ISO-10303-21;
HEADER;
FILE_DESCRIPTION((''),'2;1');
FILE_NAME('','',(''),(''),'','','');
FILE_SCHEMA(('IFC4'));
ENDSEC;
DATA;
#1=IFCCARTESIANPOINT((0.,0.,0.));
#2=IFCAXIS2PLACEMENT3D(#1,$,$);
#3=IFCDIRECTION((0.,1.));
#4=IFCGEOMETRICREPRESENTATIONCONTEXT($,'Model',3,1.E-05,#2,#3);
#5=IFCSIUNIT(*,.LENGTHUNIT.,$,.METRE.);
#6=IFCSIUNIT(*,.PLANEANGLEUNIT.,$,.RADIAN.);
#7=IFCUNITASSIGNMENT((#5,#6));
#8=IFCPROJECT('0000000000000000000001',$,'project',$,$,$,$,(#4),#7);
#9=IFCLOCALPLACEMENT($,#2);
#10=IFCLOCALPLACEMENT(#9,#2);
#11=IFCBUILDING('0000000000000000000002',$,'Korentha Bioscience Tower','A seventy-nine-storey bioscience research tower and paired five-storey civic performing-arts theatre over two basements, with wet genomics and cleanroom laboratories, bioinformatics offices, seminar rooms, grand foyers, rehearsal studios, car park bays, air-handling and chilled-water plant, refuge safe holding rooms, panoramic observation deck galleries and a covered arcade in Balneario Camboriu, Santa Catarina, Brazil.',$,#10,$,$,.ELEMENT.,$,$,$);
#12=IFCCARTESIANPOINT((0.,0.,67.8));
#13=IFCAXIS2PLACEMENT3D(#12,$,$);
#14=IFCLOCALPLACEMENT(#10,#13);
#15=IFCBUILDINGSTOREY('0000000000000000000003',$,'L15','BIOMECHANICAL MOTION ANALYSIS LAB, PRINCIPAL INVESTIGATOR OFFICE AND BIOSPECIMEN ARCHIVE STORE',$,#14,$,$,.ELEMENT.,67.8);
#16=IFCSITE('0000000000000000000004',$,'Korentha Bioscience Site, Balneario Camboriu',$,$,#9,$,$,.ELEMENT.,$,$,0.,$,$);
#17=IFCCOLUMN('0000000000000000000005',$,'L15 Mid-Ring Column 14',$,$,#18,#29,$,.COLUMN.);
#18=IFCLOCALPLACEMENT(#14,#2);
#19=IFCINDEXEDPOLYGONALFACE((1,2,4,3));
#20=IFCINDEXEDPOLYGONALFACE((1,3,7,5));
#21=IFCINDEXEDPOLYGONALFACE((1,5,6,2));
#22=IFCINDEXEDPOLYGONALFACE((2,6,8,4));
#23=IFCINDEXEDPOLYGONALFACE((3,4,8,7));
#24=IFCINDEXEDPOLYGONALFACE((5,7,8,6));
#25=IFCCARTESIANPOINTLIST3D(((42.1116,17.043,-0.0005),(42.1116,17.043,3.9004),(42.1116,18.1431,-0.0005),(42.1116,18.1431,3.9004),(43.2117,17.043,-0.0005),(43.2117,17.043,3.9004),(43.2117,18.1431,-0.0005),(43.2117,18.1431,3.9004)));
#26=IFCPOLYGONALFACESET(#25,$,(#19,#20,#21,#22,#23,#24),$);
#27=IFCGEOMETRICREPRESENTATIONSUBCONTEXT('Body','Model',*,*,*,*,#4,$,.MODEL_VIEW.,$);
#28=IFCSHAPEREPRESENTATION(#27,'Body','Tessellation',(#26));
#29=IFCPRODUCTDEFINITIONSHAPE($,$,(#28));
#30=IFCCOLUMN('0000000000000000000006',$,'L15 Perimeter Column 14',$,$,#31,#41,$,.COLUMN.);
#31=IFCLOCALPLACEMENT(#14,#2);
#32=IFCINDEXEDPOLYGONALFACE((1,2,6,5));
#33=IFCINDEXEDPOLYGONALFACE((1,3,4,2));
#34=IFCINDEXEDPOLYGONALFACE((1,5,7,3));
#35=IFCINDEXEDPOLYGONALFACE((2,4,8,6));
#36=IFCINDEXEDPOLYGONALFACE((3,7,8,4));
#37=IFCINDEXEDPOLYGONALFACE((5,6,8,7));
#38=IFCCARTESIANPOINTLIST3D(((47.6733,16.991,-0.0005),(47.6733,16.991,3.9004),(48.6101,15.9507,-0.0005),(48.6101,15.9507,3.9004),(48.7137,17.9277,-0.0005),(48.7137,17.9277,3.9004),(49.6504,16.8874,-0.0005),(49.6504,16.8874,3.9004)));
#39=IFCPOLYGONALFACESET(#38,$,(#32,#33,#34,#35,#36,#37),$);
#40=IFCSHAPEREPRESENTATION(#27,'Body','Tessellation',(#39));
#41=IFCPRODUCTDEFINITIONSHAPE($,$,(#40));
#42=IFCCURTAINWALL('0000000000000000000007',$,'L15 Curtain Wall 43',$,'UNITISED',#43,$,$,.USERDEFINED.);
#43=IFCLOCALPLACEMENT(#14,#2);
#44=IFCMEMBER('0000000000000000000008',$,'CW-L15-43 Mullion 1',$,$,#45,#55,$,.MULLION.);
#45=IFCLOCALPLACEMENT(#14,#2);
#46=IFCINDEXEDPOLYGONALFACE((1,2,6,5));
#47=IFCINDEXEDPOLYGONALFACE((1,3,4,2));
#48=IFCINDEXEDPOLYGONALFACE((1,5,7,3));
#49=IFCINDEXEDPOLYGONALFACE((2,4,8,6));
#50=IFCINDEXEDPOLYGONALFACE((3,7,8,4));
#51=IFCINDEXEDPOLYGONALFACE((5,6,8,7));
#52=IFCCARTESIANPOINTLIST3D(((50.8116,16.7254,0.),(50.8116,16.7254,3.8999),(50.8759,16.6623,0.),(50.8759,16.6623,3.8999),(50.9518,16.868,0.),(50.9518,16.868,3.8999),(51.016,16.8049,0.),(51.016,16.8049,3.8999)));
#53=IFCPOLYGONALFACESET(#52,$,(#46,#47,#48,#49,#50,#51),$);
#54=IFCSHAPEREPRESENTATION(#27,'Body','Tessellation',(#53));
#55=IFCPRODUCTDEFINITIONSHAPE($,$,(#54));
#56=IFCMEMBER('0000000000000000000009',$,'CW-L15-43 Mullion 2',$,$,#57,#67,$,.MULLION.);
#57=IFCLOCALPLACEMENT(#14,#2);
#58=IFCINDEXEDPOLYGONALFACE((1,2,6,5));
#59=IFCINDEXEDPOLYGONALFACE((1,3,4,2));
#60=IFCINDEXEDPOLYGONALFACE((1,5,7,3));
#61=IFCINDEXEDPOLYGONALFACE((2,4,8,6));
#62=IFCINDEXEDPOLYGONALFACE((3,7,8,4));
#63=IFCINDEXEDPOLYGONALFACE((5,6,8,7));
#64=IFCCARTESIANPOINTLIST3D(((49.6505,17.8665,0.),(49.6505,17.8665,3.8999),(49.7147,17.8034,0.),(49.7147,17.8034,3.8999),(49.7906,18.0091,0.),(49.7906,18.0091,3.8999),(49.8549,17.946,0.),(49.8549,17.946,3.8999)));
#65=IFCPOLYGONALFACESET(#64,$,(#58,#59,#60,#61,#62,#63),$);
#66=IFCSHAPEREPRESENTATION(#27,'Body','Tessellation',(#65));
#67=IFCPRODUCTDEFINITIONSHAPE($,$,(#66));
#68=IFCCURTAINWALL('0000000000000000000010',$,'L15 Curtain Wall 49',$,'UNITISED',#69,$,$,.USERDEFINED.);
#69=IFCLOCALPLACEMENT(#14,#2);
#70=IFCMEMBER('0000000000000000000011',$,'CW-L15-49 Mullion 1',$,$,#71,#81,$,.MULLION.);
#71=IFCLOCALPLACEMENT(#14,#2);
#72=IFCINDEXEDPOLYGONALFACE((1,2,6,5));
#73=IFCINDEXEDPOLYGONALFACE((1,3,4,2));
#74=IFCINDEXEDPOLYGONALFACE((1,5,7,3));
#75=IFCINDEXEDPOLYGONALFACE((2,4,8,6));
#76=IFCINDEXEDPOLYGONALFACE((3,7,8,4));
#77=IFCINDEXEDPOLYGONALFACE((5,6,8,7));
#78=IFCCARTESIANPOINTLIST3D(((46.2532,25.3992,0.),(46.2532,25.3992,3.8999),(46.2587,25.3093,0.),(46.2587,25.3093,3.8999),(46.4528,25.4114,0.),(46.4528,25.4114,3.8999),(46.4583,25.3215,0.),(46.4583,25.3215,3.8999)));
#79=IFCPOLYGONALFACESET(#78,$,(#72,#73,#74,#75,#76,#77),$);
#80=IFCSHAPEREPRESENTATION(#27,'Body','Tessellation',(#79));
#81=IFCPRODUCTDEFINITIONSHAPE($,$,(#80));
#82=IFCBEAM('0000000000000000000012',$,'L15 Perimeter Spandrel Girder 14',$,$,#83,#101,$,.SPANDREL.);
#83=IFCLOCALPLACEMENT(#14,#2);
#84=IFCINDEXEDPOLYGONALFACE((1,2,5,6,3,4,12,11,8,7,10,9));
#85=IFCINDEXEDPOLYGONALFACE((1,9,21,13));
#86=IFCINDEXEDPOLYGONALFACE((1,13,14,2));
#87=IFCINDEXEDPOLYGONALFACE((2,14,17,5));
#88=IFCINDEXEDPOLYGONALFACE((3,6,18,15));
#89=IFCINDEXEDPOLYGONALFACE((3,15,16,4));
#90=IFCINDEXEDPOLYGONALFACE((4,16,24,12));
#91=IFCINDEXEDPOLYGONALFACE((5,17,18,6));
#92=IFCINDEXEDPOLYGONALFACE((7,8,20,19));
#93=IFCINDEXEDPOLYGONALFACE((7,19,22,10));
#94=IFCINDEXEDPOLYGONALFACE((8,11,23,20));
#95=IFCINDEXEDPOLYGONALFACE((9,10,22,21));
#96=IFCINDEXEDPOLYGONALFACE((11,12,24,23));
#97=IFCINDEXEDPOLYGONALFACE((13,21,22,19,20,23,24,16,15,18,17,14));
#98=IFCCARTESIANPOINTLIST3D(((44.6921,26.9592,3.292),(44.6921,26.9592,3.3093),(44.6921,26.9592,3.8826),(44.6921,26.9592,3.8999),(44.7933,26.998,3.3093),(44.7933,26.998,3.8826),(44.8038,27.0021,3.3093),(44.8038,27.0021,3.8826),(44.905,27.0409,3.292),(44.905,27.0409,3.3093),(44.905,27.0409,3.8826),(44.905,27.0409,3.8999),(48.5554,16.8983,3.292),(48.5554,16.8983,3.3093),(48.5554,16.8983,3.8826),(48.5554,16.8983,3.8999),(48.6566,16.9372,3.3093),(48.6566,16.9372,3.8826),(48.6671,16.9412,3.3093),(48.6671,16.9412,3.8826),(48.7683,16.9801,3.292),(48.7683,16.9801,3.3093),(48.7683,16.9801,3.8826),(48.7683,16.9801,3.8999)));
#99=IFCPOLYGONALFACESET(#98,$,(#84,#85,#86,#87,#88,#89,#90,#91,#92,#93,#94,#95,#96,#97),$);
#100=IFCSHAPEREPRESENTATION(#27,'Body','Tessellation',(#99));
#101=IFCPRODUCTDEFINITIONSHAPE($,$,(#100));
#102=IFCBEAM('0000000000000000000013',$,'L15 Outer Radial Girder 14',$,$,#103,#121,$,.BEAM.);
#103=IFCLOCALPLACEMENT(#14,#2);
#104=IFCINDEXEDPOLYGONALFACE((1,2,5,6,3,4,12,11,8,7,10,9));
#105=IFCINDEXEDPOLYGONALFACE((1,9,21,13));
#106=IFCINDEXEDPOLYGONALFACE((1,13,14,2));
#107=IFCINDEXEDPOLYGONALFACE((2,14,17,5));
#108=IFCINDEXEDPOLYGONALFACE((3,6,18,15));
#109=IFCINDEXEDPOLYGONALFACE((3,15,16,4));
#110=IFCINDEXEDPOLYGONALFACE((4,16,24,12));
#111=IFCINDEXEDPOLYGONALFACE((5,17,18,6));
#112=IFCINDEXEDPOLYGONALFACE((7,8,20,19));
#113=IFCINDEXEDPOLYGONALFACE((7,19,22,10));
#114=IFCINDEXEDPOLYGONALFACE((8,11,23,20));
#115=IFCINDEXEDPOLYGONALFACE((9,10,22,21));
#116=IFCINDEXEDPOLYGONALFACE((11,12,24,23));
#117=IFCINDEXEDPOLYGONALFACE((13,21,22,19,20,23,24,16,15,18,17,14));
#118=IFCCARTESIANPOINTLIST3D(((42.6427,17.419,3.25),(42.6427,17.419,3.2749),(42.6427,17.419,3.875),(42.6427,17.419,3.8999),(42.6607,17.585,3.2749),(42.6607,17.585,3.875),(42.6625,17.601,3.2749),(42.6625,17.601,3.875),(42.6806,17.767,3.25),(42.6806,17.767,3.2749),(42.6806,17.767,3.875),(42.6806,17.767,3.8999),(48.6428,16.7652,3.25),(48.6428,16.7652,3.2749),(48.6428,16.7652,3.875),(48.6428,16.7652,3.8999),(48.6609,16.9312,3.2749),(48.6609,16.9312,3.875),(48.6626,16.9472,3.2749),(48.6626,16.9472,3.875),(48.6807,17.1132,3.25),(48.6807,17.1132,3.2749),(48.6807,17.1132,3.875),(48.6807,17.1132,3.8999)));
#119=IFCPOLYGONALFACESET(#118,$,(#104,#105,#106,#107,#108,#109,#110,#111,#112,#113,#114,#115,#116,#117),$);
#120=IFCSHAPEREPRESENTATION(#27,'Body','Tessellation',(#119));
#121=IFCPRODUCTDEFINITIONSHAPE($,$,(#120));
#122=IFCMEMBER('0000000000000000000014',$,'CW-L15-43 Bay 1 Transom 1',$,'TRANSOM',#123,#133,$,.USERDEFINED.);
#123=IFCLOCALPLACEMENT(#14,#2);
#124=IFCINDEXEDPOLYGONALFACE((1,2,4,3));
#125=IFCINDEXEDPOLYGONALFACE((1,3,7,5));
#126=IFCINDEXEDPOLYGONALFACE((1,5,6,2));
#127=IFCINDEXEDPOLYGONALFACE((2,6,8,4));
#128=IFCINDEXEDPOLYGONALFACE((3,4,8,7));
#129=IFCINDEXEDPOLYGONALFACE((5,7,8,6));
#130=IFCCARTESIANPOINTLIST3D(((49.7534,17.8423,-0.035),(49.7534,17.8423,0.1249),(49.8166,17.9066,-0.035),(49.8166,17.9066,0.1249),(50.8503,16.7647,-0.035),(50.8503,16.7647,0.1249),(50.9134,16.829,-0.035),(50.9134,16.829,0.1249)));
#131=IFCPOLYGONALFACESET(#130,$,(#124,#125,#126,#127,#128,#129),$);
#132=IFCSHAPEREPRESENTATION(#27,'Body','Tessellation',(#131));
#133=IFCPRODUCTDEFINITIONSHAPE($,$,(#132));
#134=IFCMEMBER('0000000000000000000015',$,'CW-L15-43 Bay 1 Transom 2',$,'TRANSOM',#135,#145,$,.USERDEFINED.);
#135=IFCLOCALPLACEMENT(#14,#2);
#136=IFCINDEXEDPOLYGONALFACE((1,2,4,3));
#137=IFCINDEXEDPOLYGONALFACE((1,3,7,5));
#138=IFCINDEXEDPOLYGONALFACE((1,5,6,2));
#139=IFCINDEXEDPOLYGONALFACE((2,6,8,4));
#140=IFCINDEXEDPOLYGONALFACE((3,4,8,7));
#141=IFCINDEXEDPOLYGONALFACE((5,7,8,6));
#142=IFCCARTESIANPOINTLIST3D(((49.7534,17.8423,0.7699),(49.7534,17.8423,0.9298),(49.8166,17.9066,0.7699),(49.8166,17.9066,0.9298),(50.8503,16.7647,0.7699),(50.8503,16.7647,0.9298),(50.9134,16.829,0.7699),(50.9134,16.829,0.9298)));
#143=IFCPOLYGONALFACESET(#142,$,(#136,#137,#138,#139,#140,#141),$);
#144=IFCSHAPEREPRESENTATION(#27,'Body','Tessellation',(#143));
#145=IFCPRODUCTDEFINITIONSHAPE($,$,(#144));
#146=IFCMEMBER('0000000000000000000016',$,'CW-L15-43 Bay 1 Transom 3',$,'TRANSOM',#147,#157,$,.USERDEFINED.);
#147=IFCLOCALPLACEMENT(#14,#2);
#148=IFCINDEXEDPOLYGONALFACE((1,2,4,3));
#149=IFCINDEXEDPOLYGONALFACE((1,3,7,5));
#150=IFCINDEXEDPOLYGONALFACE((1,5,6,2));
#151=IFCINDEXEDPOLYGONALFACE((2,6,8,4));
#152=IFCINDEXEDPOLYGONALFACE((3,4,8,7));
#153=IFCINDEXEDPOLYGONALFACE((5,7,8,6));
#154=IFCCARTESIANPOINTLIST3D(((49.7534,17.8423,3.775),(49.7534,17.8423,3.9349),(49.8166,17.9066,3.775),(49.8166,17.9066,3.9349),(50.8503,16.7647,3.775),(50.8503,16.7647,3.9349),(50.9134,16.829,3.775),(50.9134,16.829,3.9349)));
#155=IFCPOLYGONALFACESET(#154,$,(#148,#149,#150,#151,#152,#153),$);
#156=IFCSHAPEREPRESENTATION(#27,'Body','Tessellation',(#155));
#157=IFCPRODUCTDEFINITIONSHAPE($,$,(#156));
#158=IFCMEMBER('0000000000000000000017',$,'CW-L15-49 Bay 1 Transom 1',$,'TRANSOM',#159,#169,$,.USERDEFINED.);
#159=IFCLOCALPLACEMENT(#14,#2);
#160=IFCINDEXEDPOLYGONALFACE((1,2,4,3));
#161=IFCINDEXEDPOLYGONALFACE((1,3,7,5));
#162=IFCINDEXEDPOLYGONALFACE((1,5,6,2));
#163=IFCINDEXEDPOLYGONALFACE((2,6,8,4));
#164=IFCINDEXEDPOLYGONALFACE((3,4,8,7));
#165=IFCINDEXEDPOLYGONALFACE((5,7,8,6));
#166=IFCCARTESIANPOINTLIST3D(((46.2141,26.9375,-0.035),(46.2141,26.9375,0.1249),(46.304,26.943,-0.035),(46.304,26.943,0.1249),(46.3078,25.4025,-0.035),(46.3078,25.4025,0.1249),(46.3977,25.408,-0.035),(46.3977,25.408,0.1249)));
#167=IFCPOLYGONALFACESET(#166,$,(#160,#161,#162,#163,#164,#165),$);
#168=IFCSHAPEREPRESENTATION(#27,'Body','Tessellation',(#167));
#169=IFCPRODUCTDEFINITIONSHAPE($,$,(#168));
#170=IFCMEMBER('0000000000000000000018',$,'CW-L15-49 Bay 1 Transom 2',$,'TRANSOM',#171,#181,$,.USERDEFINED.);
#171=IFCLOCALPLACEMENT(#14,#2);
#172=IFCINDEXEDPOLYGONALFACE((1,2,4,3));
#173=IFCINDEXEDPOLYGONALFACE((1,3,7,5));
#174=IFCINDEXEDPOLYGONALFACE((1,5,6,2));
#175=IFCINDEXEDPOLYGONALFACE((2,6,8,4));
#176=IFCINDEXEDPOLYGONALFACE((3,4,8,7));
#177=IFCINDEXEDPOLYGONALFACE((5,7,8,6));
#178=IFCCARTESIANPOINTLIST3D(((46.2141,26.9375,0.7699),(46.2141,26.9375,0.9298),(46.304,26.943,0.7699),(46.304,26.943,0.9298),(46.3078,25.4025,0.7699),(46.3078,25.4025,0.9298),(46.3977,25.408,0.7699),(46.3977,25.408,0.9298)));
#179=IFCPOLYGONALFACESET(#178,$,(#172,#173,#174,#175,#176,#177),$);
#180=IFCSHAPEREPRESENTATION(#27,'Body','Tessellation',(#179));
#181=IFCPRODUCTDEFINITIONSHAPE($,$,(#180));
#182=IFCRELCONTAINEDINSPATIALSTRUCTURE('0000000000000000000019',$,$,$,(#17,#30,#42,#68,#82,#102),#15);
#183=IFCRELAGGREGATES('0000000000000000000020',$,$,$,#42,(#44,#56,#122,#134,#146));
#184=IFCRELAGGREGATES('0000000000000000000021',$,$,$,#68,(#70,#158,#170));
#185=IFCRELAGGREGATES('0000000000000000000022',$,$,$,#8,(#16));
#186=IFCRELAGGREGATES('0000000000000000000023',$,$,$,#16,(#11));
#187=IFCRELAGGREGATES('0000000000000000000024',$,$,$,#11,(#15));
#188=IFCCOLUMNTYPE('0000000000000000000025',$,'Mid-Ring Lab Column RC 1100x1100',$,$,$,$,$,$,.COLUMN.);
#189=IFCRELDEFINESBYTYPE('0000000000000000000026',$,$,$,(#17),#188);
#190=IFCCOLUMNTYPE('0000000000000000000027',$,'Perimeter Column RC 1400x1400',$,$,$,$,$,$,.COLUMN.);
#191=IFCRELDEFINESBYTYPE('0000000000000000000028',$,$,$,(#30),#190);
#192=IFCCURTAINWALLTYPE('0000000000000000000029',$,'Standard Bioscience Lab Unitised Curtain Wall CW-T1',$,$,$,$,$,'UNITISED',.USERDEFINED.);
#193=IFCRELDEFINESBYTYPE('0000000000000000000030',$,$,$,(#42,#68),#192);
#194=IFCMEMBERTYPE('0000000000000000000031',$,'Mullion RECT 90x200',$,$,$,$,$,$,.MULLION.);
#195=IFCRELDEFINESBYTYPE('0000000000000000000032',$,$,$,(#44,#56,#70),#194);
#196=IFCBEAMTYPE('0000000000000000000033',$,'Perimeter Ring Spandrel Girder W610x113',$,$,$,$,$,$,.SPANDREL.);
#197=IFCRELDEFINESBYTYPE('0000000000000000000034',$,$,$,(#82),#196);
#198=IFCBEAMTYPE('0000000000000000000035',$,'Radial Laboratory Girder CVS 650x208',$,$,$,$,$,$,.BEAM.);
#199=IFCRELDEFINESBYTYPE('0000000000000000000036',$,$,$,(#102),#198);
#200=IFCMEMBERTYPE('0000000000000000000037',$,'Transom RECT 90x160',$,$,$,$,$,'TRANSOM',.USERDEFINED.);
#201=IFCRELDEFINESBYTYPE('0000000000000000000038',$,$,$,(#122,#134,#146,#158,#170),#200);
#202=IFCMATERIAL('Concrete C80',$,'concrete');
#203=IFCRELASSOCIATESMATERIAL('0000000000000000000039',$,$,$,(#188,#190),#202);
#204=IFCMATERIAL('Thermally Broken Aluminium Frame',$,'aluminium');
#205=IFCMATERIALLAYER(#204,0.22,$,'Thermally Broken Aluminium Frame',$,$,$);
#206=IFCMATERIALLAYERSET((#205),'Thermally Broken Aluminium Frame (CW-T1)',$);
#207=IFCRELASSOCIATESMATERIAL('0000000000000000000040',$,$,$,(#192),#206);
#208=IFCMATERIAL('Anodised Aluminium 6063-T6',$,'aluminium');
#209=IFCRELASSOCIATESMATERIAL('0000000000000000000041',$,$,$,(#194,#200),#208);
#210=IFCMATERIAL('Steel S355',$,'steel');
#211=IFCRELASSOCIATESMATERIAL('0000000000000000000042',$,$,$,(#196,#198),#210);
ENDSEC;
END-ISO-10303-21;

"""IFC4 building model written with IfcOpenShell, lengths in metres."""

from ifc_helpers import new_model, si_unit, direction, frame, origin, origin_2d, place, context, subcontext, project, spatial, rectangle, i_section, extrude, material, layer, layer_set, material_profile, profile_set, type_object, element, aggregate, save


model = new_model("IFC4")

# Units and contexts
model_context = context("Model", 3, precision=1e-05, world=origin(), true_north=direction((0.0, 1.0)))
body_context = subcontext(model_context, "Body", "Model", "MODEL_VIEW")
ifc_project = project(units=[si_unit("LENGTHUNIT", "METRE"), si_unit("PLANEANGLEUNIT", "RADIAN")], contexts=[model_context])

# Site, building, storey
site_placement = place(None, origin())
site = spatial("IfcSite", under=ifc_project, at=site_placement, Name="Korentha Bioscience Site, Balneario Camboriu", CompositionType="ELEMENT", RefElevation=0.0)
building_placement = place(site_placement, origin())
building = spatial("IfcBuilding", under=site, at=building_placement, Name="Korentha Bioscience Tower", Description="A seventy-nine-storey bioscience research tower and paired five-storey civic performing-arts theatre over two basements, with wet genomics and cleanroom laboratories, bioinformatics offices, seminar rooms, grand foyers, rehearsal studios, car park bays, air-handling and chilled-water plant, refuge safe holding rooms, panoramic observation deck galleries and a covered arcade in Balneario Camboriu, Santa Catarina, Brazil.", CompositionType="ELEMENT")
storey_placement = place(building_placement, frame((0.0, 0.0, 67.8)))
storey = spatial("IfcBuildingStorey", under=building, at=storey_placement, Name="L15", Description="BIOMECHANICAL MOTION ANALYSIS LAB, PRINCIPAL INVESTIGATOR OFFICE AND BIOSPECIMEN ARCHIVE STORE", CompositionType="ELEMENT", Elevation=67.8)

# Columns
ifc_material_1 = material(Name="Concrete C80", Category="concrete")
ifc_material_profile_1 = material_profile(ifc_material_1, rectangle(XDim=1.1001, YDim=1.1001, at=origin_2d()), Name="Concrete C80")
ifc_profile_set_1 = profile_set([ifc_material_profile_1], Name="Concrete C80 (COL-MR11)")
column_type_1 = type_object("IfcColumnType", Name="Mid-Ring Lab Column RC 1100x1100", PredefinedType="COLUMN", material=ifc_profile_set_1)
column_1_placement = place(storey_placement, frame((42.6616, 17.593, -0.0005), z_axis=(0.0, 0.0, 1.0), x_axis=(1.0, 0.0, 0.0)))
element("IfcColumn", 1, at=column_1_placement, inside=storey, type_object=column_type_1, Name="L15 Mid-Ring Column 14", PredefinedType="COLUMN", context=body_context, shape_type="SweptSolid", body=[
    extrude(rectangle(XDim=1.1001, YDim=1.1001, at=origin_2d()), origin(), (0.0, 0.0, 1.0), 3.9009),
])
ifc_material_profile_2 = material_profile(ifc_material_1, rectangle(XDim=1.3999, YDim=1.3999, at=origin_2d()), Name="Concrete C80")
ifc_profile_set_2 = profile_set([ifc_material_profile_2], Name="Concrete C80 (COL-P14)")
column_type_2 = type_object("IfcColumnType", Name="Perimeter Column RC 1400x1400", PredefinedType="COLUMN", material=ifc_profile_set_2)
column_2_placement = place(storey_placement, frame((48.6619, 16.9392, -0.0005), z_axis=(0.0, 0.0, 1.0), x_axis=(-0.669131, 0.743145, 0.0)))
element("IfcColumn", 2, at=column_2_placement, inside=storey, type_object=column_type_2, Name="L15 Perimeter Column 14", PredefinedType="COLUMN", context=body_context, shape_type="SweptSolid", body=[
    extrude(rectangle(XDim=1.3999, YDim=1.3999, at=origin_2d()), origin(), (0.0, 0.0, 1.0), 3.9009),
])

# Curtain wall, members
ifc_material_2 = material(Name="Thermally Broken Aluminium Frame", Category="aluminium")
ifc_layer_1 = layer(ifc_material_2, 0.22, Name="Thermally Broken Aluminium Frame")
ifc_layer_set_1 = layer_set([ifc_layer_1], Name="Thermally Broken Aluminium Frame (CW-T1)")
curtain_wall_type = type_object("IfcCurtainWallType", Name="Standard Bioscience Lab Unitised Curtain Wall CW-T1", ElementType="UNITISED", PredefinedType="USERDEFINED", material=ifc_layer_set_1)
curtain_wall_1_placement = place(storey_placement, origin())
curtain_wall_1 = element("IfcCurtainWall", 3, at=curtain_wall_1_placement, inside=storey, type_object=curtain_wall_type, Name="L15 Curtain Wall 43", ObjectType="UNITISED", PredefinedType="USERDEFINED")
ifc_material_3 = material(Name="Anodised Aluminium 6063-T6", Category="aluminium")
ifc_material_profile_3 = material_profile(ifc_material_3, rectangle(XDim=0.0901, YDim=0.2, at=origin_2d()), Name="Anodised Aluminium 6063-T6")
ifc_profile_set_3 = profile_set([ifc_material_profile_3], Name="Anodised Aluminium 6063-T6 (CW-MUL)")
member_type_1 = type_object("IfcMemberType", Name="Mullion RECT 90x200", PredefinedType="MULLION", material=ifc_profile_set_3)
member_1_placement = place(storey_placement, frame((50.9138, 16.7651, 0.0), z_axis=(0.0, 0.0, 1.0), x_axis=(-0.713279, 0.70088, 0.0)))
member_1 = element("IfcMember", 4, at=member_1_placement, type_object=member_type_1, Name="CW-L15-43 Mullion 1", PredefinedType="MULLION", context=body_context, shape_type="SweptSolid", body=[
    extrude(rectangle(XDim=0.0901, YDim=0.2, at=origin_2d()), origin(), (0.0, 0.0, 1.0), 3.8999),
])
member_2_placement = place(storey_placement, frame((49.7527, 17.9062, 0.0), z_axis=(0.0, 0.0, 1.0), x_axis=(-0.713279, 0.70088, 0.0)))
member_2 = element("IfcMember", 5, at=member_2_placement, type_object=member_type_1, Name="CW-L15-43 Mullion 2", PredefinedType="MULLION", context=body_context, shape_type="SweptSolid", body=[
    extrude(rectangle(XDim=0.0901, YDim=0.2, at=origin_2d()), origin(), (0.0, 0.0, 1.0), 3.8999),
])

# Curtain wall, member
curtain_wall_2_placement = place(storey_placement, origin())
curtain_wall_2 = element("IfcCurtainWall", 6, at=curtain_wall_2_placement, inside=storey, type_object=curtain_wall_type, Name="L15 Curtain Wall 49", ObjectType="UNITISED", PredefinedType="USERDEFINED")
member_3_placement = place(storey_placement, frame((46.3557, 25.3604, 0.0), z_axis=(0.0, 0.0, 1.0), x_axis=(-0.061008, 0.998137, 0.0)))
member_3 = element("IfcMember", 7, at=member_3_placement, type_object=member_type_1, Name="CW-L15-49 Mullion 1", PredefinedType="MULLION", context=body_context, shape_type="SweptSolid", body=[
    extrude(rectangle(XDim=0.0901, YDim=0.2, at=origin_2d()), origin(), (0.0, 0.0, 1.0), 3.8999),
])

# Beams
ifc_material_4 = material(Name="Steel S355", Category="steel")
ifc_material_profile_4 = material_profile(ifc_material_4, i_section(OverallWidth=0.228, OverallDepth=0.6079, WebThickness=0.0112, FlangeThickness=0.0173, at=origin_2d()), Name="Steel S355")
ifc_profile_set_4 = profile_set([ifc_material_profile_4], Name="Steel S355 (SB-610)")
beam_type_1 = type_object("IfcBeamType", Name="Perimeter Ring Spandrel Girder W610x113", PredefinedType="SPANDREL", material=ifc_profile_set_4)
beam_1_placement = place(storey_placement, frame((48.6619, 16.9392, 3.5959), z_axis=(-0.358474, 0.93354, 0.0), x_axis=(-0.93354, -0.358474, 0.0)))
element("IfcBeam", 8, at=beam_1_placement, inside=storey, type_object=beam_type_1, Name="L15 Perimeter Spandrel Girder 14", PredefinedType="SPANDREL", context=body_context, shape_type="SweptSolid", body=[
    extrude(i_section(OverallWidth=0.228, OverallDepth=0.6079, WebThickness=0.0112, FlangeThickness=0.0173, at=origin_2d()), origin(), (0.0, 0.0, 1.0), 10.7771),
])
ifc_material_profile_5 = material_profile(ifc_material_4, i_section(OverallWidth=0.3501, OverallDepth=0.6499, WebThickness=0.0161, FlangeThickness=0.0249, at=origin_2d()), Name="Steel S355")
ifc_profile_set_5 = profile_set([ifc_material_profile_5], Name="Steel S355 (RB-650)")
beam_type_2 = type_object("IfcBeamType", Name="Radial Laboratory Girder CVS 650x208", PredefinedType="BEAM", material=ifc_profile_set_5)
beam_2_placement = place(storey_placement, frame((42.6616, 17.593, 3.575), z_axis=(0.994116, -0.108323, 0.0), x_axis=(0.108323, 0.994116, 0.0)))
element("IfcBeam", 9, at=beam_2_placement, inside=storey, type_object=beam_type_2, Name="L15 Outer Radial Girder 14", PredefinedType="BEAM", context=body_context, shape_type="SweptSolid", body=[
    extrude(i_section(OverallWidth=0.3501, OverallDepth=0.6499, WebThickness=0.0161, FlangeThickness=0.0249, at=origin_2d()), origin(), (0.0, 0.0, 1.0), 6.0356),
])

# Members
ifc_material_profile_6 = material_profile(ifc_material_3, rectangle(XDim=0.0901, YDim=0.1599, at=origin_2d()), Name="Anodised Aluminium 6063-T6")
ifc_profile_set_6 = profile_set([ifc_material_profile_6], Name="Anodised Aluminium 6063-T6 (CW-TRN)")
member_type_2 = type_object("IfcMemberType", Name="Transom RECT 90x160", ElementType="TRANSOM", PredefinedType="USERDEFINED", material=ifc_profile_set_6)
member_4_placement = place(storey_placement, frame((50.8818, 16.7969, 0.0449), z_axis=(-0.71335, 0.700808, 0.0), x_axis=(-0.700808, -0.71335, 0.0)))
member_4 = element("IfcMember", 10, at=member_4_placement, type_object=member_type_2, Name="CW-L15-43 Bay 1 Transom 1", ObjectType="TRANSOM", PredefinedType="USERDEFINED", context=body_context, shape_type="SweptSolid", body=[
    extrude(rectangle(XDim=0.0901, YDim=0.1599, at=origin_2d()), origin(), (0.0, 0.0, 1.0), 1.5376),
])
member_5_placement = place(storey_placement, frame((50.8818, 16.7969, 0.8499), z_axis=(-0.71335, 0.700808, 0.0), x_axis=(-0.700808, -0.71335, 0.0)))
member_5 = element("IfcMember", 11, at=member_5_placement, type_object=member_type_2, Name="CW-L15-43 Bay 1 Transom 2", ObjectType="TRANSOM", PredefinedType="USERDEFINED", context=body_context, shape_type="SweptSolid", body=[
    extrude(rectangle(XDim=0.0901, YDim=0.1599, at=origin_2d()), origin(), (0.0, 0.0, 1.0), 1.5376),
])
member_6_placement = place(storey_placement, frame((50.8818, 16.7969, 3.855), z_axis=(-0.71335, 0.700808, 0.0), x_axis=(-0.700808, -0.71335, 0.0)))
member_6 = element("IfcMember", 12, at=member_6_placement, type_object=member_type_2, Name="CW-L15-43 Bay 1 Transom 3", ObjectType="TRANSOM", PredefinedType="USERDEFINED", context=body_context, shape_type="SweptSolid", body=[
    extrude(rectangle(XDim=0.0901, YDim=0.1599, at=origin_2d()), origin(), (0.0, 0.0, 1.0), 1.5376),
])
member_7_placement = place(storey_placement, frame((46.3528, 25.4053, 0.0449), z_axis=(-0.060965, 0.99814, 0.0), x_axis=(-0.99814, -0.060965, 0.0)))
member_7 = element("IfcMember", 13, at=member_7_placement, type_object=member_type_2, Name="CW-L15-49 Bay 1 Transom 1", ObjectType="TRANSOM", PredefinedType="USERDEFINED", context=body_context, shape_type="SweptSolid", body=[
    extrude(rectangle(XDim=0.0901, YDim=0.1599, at=origin_2d()), origin(), (0.0, 0.0, 1.0), 1.5378),
])
member_8_placement = place(storey_placement, frame((46.3528, 25.4053, 0.8499), z_axis=(-0.060965, 0.99814, 0.0), x_axis=(-0.99814, -0.060965, 0.0)))
member_8 = element("IfcMember", 14, at=member_8_placement, type_object=member_type_2, Name="CW-L15-49 Bay 1 Transom 2", ObjectType="TRANSOM", PredefinedType="USERDEFINED", context=body_context, shape_type="SweptSolid", body=[
    extrude(rectangle(XDim=0.0901, YDim=0.1599, at=origin_2d()), origin(), (0.0, 0.0, 1.0), 1.5378),
])

aggregate(curtain_wall_1, [member_1, member_2, member_4, member_5, member_6])
aggregate(curtain_wall_2, [member_3, member_7, member_8])

save(model, "model.ifc")
